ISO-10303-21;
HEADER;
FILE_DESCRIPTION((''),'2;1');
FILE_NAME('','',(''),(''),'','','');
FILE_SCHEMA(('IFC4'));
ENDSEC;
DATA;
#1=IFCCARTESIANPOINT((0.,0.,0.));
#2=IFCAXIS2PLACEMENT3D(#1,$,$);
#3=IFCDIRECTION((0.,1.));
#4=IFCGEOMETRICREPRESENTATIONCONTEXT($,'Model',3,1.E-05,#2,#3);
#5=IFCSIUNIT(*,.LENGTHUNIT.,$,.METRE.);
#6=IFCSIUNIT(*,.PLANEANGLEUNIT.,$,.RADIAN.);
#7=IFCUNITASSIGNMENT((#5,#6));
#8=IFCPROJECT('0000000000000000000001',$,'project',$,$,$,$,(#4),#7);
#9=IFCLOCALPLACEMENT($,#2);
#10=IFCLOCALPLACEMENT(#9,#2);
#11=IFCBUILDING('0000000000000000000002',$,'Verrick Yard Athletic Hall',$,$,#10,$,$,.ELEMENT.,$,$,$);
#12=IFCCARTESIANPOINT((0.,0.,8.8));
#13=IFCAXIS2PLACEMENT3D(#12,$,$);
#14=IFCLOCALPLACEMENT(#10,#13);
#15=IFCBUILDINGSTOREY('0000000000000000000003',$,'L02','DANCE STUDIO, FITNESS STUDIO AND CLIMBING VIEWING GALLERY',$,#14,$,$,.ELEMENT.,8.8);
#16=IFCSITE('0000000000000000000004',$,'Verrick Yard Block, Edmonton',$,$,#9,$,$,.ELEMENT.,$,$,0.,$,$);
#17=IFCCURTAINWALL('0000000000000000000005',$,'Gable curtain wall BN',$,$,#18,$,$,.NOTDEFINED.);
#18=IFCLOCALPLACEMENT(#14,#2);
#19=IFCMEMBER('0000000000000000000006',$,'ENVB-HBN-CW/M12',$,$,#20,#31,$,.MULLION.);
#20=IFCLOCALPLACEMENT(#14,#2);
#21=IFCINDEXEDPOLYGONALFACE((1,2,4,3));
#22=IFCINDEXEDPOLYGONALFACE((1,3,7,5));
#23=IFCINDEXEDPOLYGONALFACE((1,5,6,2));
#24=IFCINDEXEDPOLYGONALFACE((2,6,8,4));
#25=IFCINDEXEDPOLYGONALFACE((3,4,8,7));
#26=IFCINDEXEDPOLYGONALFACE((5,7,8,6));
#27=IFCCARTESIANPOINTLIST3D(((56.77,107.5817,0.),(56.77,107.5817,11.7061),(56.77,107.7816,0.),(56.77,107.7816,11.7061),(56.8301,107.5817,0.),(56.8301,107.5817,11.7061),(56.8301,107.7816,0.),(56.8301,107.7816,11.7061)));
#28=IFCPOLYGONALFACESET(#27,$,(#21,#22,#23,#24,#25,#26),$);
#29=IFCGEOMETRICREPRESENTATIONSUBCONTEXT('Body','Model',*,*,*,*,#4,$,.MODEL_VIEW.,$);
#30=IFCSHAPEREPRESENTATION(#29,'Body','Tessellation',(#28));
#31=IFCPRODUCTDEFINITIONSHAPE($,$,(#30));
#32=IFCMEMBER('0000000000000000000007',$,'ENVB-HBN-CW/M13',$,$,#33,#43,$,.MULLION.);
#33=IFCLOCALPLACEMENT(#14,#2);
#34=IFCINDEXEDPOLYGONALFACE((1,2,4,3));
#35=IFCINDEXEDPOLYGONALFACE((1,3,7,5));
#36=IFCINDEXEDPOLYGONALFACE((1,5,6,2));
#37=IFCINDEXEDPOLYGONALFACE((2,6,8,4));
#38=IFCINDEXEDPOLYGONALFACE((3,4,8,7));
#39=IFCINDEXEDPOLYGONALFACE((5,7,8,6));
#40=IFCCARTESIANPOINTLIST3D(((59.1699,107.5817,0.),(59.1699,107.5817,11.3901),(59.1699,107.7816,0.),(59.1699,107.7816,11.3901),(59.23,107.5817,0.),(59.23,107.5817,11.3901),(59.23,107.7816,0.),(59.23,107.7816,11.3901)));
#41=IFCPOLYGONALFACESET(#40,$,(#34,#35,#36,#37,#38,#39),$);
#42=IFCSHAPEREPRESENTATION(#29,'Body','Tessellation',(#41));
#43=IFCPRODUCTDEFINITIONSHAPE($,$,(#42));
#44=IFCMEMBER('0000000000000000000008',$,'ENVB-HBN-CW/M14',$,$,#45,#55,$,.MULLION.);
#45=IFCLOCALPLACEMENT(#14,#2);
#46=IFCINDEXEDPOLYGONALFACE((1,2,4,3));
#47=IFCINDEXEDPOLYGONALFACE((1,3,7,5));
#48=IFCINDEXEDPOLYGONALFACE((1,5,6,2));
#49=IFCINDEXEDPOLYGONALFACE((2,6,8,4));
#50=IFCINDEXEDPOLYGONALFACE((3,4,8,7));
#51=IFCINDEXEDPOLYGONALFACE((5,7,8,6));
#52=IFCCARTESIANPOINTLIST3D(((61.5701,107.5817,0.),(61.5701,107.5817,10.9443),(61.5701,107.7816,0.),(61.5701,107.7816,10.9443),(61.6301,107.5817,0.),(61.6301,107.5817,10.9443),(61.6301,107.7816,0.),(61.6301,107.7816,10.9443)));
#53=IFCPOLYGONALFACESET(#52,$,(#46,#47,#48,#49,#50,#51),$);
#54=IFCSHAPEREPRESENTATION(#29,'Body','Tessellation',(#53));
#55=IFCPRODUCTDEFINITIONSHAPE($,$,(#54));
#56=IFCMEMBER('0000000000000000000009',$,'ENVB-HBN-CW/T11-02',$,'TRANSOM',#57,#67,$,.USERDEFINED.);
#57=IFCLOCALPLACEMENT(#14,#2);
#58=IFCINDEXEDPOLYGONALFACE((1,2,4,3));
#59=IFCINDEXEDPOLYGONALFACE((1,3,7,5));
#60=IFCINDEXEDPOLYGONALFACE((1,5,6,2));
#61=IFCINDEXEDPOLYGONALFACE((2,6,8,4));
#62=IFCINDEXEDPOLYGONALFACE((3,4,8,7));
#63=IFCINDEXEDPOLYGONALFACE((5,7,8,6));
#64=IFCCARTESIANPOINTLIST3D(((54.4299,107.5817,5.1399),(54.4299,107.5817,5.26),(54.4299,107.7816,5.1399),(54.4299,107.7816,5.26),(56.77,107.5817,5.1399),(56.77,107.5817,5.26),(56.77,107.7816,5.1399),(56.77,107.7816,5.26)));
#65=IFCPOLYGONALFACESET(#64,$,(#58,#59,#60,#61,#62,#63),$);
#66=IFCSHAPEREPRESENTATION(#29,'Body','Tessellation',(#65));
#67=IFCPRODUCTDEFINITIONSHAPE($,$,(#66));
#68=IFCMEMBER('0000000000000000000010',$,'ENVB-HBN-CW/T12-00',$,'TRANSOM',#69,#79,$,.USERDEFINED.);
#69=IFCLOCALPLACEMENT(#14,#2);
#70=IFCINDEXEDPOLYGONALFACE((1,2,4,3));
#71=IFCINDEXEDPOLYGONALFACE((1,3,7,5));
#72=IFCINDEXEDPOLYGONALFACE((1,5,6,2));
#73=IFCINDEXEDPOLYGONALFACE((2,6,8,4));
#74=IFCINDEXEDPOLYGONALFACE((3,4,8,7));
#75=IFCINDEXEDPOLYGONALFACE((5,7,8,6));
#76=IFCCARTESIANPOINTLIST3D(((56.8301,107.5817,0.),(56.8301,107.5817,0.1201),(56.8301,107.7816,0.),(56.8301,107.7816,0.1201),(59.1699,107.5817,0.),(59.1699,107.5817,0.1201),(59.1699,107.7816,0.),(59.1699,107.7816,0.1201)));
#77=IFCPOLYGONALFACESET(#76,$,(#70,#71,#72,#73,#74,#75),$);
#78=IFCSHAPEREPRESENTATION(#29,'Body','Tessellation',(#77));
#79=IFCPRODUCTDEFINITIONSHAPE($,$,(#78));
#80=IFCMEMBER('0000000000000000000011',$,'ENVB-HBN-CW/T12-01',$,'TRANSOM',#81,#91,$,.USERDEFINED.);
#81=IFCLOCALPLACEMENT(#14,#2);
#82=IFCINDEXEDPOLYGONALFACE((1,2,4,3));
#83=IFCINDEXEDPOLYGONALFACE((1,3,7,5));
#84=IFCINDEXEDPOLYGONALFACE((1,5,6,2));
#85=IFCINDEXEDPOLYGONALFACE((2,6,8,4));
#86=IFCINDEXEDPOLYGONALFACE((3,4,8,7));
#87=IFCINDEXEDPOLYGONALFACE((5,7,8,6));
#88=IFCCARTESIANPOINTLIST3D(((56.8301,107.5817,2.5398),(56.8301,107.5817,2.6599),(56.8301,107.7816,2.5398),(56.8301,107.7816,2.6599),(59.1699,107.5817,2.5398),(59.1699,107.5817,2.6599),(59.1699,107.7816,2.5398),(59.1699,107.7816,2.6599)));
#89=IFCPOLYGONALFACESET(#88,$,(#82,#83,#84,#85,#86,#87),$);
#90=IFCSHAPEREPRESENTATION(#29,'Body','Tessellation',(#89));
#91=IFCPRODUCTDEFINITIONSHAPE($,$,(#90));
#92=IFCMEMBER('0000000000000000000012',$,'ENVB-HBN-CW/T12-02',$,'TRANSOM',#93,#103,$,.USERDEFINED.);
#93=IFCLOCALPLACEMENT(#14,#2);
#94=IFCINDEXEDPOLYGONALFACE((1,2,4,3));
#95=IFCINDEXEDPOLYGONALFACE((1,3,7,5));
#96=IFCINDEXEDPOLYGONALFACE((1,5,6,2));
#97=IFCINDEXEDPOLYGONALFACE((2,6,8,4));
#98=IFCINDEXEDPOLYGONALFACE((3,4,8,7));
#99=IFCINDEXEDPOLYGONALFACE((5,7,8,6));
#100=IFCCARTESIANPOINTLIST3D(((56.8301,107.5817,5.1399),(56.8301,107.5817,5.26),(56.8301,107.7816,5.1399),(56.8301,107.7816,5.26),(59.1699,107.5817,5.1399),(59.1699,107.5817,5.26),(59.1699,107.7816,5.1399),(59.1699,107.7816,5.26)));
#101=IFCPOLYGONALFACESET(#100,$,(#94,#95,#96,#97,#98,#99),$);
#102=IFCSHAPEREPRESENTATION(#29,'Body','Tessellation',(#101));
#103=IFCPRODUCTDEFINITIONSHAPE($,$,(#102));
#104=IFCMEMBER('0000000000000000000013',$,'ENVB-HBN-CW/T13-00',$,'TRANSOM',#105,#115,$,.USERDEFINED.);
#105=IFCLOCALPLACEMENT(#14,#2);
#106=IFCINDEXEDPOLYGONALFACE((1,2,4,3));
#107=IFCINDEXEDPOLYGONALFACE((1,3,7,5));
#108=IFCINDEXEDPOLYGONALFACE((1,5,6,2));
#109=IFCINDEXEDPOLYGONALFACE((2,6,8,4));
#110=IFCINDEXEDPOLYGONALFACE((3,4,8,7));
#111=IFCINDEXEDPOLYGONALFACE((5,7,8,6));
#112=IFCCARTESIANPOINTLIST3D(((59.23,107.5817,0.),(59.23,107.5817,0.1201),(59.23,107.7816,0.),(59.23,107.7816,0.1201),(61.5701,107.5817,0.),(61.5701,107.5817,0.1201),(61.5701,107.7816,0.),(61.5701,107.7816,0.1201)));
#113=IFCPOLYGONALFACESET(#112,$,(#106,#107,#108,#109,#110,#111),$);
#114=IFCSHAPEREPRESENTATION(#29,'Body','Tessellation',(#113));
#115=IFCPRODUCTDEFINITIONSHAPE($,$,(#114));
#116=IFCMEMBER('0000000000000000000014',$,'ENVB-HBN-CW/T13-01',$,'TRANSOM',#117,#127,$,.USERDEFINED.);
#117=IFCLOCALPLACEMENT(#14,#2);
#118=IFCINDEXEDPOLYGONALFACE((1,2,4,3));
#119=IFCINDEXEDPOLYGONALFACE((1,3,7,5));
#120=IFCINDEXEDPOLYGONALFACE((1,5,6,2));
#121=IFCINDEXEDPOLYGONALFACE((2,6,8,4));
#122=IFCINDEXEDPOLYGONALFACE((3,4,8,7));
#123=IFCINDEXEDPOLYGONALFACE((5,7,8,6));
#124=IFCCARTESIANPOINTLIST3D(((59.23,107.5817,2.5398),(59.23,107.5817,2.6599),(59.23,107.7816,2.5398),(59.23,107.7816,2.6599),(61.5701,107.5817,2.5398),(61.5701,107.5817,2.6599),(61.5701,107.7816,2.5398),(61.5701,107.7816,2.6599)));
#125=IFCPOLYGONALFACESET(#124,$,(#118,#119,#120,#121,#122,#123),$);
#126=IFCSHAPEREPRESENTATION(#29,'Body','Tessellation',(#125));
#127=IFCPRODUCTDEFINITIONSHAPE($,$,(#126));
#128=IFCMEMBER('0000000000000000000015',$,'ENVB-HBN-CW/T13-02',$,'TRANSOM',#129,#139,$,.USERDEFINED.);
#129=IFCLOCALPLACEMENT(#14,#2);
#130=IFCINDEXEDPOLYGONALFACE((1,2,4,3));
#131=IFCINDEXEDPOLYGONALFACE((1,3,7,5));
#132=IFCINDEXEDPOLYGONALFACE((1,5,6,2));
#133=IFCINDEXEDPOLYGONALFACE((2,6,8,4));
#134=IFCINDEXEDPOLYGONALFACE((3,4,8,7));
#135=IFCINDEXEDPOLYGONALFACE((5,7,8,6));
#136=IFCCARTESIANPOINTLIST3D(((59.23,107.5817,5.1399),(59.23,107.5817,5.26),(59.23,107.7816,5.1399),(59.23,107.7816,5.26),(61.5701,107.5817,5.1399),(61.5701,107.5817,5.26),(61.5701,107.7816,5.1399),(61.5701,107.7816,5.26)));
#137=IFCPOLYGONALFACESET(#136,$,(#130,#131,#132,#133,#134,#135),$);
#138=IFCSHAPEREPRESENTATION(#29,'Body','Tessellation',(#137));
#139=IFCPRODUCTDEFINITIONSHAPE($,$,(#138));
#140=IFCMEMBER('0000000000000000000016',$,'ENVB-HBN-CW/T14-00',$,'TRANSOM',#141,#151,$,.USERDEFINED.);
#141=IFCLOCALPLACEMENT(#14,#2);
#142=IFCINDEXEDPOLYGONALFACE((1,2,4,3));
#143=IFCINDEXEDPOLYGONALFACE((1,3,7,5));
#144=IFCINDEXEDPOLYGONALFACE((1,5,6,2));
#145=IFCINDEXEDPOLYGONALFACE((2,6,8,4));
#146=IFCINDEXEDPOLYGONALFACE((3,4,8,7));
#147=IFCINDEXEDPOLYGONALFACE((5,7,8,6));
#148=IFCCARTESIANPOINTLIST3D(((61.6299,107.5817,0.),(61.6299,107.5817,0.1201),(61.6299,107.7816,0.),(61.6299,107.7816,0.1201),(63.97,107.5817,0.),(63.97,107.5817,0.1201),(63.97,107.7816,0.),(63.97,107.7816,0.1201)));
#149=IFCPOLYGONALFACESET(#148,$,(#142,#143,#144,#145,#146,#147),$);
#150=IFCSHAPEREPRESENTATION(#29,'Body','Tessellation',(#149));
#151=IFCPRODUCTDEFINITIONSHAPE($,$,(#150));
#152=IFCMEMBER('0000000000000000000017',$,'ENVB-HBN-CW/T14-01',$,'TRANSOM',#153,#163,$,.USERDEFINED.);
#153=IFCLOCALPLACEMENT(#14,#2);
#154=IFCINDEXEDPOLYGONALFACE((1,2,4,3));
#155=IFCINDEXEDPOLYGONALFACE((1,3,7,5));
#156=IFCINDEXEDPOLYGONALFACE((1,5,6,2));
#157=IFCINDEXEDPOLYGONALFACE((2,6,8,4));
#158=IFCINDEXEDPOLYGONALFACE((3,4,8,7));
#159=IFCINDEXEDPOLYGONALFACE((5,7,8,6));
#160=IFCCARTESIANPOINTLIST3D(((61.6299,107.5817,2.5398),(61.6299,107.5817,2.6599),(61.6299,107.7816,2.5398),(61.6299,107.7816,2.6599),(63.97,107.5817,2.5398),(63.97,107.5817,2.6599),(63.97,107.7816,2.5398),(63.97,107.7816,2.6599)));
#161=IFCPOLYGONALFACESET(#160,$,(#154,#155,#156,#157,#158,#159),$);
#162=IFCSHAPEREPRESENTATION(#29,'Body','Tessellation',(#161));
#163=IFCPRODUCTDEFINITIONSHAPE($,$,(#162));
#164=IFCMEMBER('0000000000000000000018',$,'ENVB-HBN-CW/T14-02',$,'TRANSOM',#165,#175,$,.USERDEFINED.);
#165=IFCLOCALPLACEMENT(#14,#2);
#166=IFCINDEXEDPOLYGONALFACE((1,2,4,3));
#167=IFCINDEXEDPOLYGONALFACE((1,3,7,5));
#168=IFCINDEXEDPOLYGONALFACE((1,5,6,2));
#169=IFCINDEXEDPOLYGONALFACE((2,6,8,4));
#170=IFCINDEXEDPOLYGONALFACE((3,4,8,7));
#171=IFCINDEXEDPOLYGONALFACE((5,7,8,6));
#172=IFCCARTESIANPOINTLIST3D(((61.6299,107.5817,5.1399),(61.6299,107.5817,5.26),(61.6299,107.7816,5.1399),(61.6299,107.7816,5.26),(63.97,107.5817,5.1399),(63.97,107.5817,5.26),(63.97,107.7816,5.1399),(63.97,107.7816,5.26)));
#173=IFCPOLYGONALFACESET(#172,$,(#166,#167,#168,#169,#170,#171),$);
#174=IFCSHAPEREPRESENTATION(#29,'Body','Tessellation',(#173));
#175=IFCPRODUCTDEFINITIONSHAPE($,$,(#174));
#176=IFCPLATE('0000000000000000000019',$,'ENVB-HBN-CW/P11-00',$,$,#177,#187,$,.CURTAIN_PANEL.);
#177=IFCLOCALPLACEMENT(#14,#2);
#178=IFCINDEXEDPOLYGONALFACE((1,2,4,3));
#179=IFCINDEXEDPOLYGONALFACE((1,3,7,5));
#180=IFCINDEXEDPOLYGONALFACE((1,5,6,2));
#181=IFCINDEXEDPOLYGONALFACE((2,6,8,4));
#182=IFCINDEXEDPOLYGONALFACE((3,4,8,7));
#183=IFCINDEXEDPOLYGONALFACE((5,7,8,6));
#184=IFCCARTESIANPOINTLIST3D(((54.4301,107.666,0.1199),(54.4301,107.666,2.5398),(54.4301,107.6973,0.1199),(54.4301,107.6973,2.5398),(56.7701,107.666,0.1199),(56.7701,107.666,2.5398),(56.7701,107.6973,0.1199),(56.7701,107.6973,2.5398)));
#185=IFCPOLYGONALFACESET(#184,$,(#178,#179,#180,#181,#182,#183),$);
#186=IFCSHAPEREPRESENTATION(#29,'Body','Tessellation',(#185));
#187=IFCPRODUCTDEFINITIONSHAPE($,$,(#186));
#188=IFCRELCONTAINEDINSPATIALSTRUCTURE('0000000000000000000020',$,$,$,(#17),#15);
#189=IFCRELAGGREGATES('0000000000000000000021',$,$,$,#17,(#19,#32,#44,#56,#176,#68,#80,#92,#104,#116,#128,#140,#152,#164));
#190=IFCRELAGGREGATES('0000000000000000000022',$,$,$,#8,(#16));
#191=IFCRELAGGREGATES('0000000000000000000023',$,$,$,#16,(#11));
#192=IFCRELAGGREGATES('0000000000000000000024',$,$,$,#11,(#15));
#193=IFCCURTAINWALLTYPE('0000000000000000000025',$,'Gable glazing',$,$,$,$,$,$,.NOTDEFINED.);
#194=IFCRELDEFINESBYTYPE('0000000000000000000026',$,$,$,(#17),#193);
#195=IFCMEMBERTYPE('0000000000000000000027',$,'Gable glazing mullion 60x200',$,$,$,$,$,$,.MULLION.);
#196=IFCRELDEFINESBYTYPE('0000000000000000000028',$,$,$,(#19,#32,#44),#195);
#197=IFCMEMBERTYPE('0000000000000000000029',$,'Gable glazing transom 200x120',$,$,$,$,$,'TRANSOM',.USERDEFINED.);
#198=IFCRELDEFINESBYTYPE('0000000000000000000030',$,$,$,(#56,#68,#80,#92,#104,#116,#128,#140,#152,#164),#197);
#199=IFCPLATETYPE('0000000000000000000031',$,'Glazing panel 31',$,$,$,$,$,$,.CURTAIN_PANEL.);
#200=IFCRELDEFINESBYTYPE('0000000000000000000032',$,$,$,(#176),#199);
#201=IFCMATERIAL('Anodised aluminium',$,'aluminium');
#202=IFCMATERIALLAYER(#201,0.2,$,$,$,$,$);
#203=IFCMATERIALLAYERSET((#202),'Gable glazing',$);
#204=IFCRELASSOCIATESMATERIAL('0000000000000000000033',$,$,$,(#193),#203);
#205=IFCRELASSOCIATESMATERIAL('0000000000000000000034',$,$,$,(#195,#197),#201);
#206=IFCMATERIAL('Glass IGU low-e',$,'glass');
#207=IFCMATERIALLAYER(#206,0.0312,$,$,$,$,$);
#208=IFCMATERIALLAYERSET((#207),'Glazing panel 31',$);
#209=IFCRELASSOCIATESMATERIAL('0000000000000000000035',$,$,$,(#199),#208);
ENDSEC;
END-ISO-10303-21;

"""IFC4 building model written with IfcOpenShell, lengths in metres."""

from ifc_helpers import new_model, si_unit, direction, frame, origin, origin_2d, place, context, subcontext, project, spatial, rectangle, extrude, material, layer, layer_set, material_profile, profile_set, type_object, element, aggregate, save


model = new_model("IFC4")

# Units and contexts
model_context = context("Model", 3, precision=1e-05, world=origin(), true_north=direction((0.0, 1.0)))
body_context = subcontext(model_context, "Body", "Model", "MODEL_VIEW")
ifc_project = project(units=[si_unit("LENGTHUNIT", "METRE"), si_unit("PLANEANGLEUNIT", "RADIAN")], contexts=[model_context])

# Site, building, storey
site_placement = place(None, origin())
site = spatial("IfcSite", under=ifc_project, at=site_placement, Name="Verrick Yard Block, Edmonton", CompositionType="ELEMENT", RefElevation=0.0)
building_placement = place(site_placement, origin())
building = spatial("IfcBuilding", under=site, at=building_placement, Name="Verrick Yard Athletic Hall", CompositionType="ELEMENT")
storey_placement = place(building_placement, frame((0.0, 0.0, 8.8)))
storey = spatial("IfcBuildingStorey", under=building, at=storey_placement, Name="L02", Description="DANCE STUDIO, FITNESS STUDIO AND CLIMBING VIEWING GALLERY", CompositionType="ELEMENT", Elevation=8.8)

# Curtain wall, members, plate
ifc_material_1 = material(Name="Anodised aluminium", Category="aluminium")
ifc_layer_1 = layer(ifc_material_1, 0.2)
ifc_layer_set_1 = layer_set([ifc_layer_1], Name="Gable glazing")
curtain_wall_type = type_object("IfcCurtainWallType", Name="Gable glazing", PredefinedType="NOTDEFINED", material=ifc_layer_set_1)
curtain_wall_placement = place(storey_placement, origin())
curtain_wall = element("IfcCurtainWall", 1, at=curtain_wall_placement, inside=storey, type_object=curtain_wall_type, Name="Gable curtain wall BN", PredefinedType="NOTDEFINED")
ifc_material_profile_1 = material_profile(ifc_material_1, rectangle(XDim=0.2, YDim=0.0601, at=origin_2d()), Name="CW gable mullion 60x200")
ifc_profile_set_1 = profile_set([ifc_material_profile_1], Name="Anodised aluminium")
member_type_1 = type_object("IfcMemberType", Name="Gable glazing mullion 60x200", PredefinedType="MULLION", material=ifc_profile_set_1)
member_1_placement = place(storey_placement, frame((56.8, 107.6816, 0.0), z_axis=(0.0, 0.0, 1.0), x_axis=(0.0, 1.0, 0.0)))
member_1 = element("IfcMember", 2, at=member_1_placement, type_object=member_type_1, Name="ENVB-HBN-CW/M12", PredefinedType="MULLION", context=body_context, shape_type="SweptSolid", body=[
    extrude(rectangle(XDim=0.2, YDim=0.0601, at=origin_2d()), origin(), (0.0, 0.0, 1.0), 11.7061),
])
member_2_placement = place(storey_placement, frame((59.2, 107.6816, 0.0), z_axis=(0.0, 0.0, 1.0), x_axis=(0.0, 1.0, 0.0)))
member_2 = element("IfcMember", 3, at=member_2_placement, type_object=member_type_1, Name="ENVB-HBN-CW/M13", PredefinedType="MULLION", context=body_context, shape_type="SweptSolid", body=[
    extrude(rectangle(XDim=0.2, YDim=0.0601, at=origin_2d()), origin(), (0.0, 0.0, 1.0), 11.3901),
])
member_3_placement = place(storey_placement, frame((61.6001, 107.6816, 0.0), z_axis=(0.0, 0.0, 1.0), x_axis=(0.0, 1.0, 0.0)))
member_3 = element("IfcMember", 4, at=member_3_placement, type_object=member_type_1, Name="ENVB-HBN-CW/M14", PredefinedType="MULLION", context=body_context, shape_type="SweptSolid", body=[
    extrude(rectangle(XDim=0.2, YDim=0.0601, at=origin_2d()), origin(), (0.0, 0.0, 1.0), 10.9443),
])
ifc_material_profile_2 = material_profile(ifc_material_1, rectangle(XDim=0.2, YDim=0.1201, at=origin_2d()), Name="CW gable transom 200x120")
ifc_profile_set_2 = profile_set([ifc_material_profile_2], Name="Anodised aluminium")
member_type_2 = type_object("IfcMemberType", Name="Gable glazing transom 200x120", ElementType="TRANSOM", PredefinedType="USERDEFINED", material=ifc_profile_set_2)
member_4_placement = place(storey_placement, frame((54.4299, 107.6816, 5.2), z_axis=(1.0, 0.0, 0.0), x_axis=(0.0, 1.0, 0.0)))
member_4 = element("IfcMember", 5, at=member_4_placement, type_object=member_type_2, Name="ENVB-HBN-CW/T11-02", ObjectType="TRANSOM", PredefinedType="USERDEFINED", context=body_context, shape_type="SweptSolid", body=[
    extrude(rectangle(XDim=0.2, YDim=0.1201, at=origin_2d()), origin(), (0.0, 0.0, 1.0), 2.3401),
])
member_5_placement = place(storey_placement, frame((56.8301, 107.6816, 0.0601), z_axis=(1.0, 0.0, 0.0), x_axis=(0.0, 1.0, 0.0)))
member_5 = element("IfcMember", 6, at=member_5_placement, type_object=member_type_2, Name="ENVB-HBN-CW/T12-00", ObjectType="TRANSOM", PredefinedType="USERDEFINED", context=body_context, shape_type="SweptSolid", body=[
    extrude(rectangle(XDim=0.2, YDim=0.1201, at=origin_2d()), origin(), (0.0, 0.0, 1.0), 2.3398),
])
member_6_placement = place(storey_placement, frame((56.8301, 107.6816, 2.5999), z_axis=(1.0, 0.0, 0.0), x_axis=(0.0, 1.0, 0.0)))
member_6 = element("IfcMember", 7, at=member_6_placement, type_object=member_type_2, Name="ENVB-HBN-CW/T12-01", ObjectType="TRANSOM", PredefinedType="USERDEFINED", context=body_context, shape_type="SweptSolid", body=[
    extrude(rectangle(XDim=0.2, YDim=0.1201, at=origin_2d()), origin(), (0.0, 0.0, 1.0), 2.3398),
])
member_7_placement = place(storey_placement, frame((56.8301, 107.6816, 5.2), z_axis=(1.0, 0.0, 0.0), x_axis=(0.0, 1.0, 0.0)))
member_7 = element("IfcMember", 8, at=member_7_placement, type_object=member_type_2, Name="ENVB-HBN-CW/T12-02", ObjectType="TRANSOM", PredefinedType="USERDEFINED", context=body_context, shape_type="SweptSolid", body=[
    extrude(rectangle(XDim=0.2, YDim=0.1201, at=origin_2d()), origin(), (0.0, 0.0, 1.0), 2.3398),
])
member_8_placement = place(storey_placement, frame((59.23, 107.6816, 0.0601), z_axis=(1.0, 0.0, 0.0), x_axis=(0.0, 1.0, 0.0)))
member_8 = element("IfcMember", 9, at=member_8_placement, type_object=member_type_2, Name="ENVB-HBN-CW/T13-00", ObjectType="TRANSOM", PredefinedType="USERDEFINED", context=body_context, shape_type="SweptSolid", body=[
    extrude(rectangle(XDim=0.2, YDim=0.1201, at=origin_2d()), origin(), (0.0, 0.0, 1.0), 2.3401),
])
member_9_placement = place(storey_placement, frame((59.23, 107.6816, 2.5999), z_axis=(1.0, 0.0, 0.0), x_axis=(0.0, 1.0, 0.0)))
member_9 = element("IfcMember", 10, at=member_9_placement, type_object=member_type_2, Name="ENVB-HBN-CW/T13-01", ObjectType="TRANSOM", PredefinedType="USERDEFINED", context=body_context, shape_type="SweptSolid", body=[
    extrude(rectangle(XDim=0.2, YDim=0.1201, at=origin_2d()), origin(), (0.0, 0.0, 1.0), 2.3401),
])
member_10_placement = place(storey_placement, frame((59.23, 107.6816, 5.2), z_axis=(1.0, 0.0, 0.0), x_axis=(0.0, 1.0, 0.0)))
member_10 = element("IfcMember", 11, at=member_10_placement, type_object=member_type_2, Name="ENVB-HBN-CW/T13-02", ObjectType="TRANSOM", PredefinedType="USERDEFINED", context=body_context, shape_type="SweptSolid", body=[
    extrude(rectangle(XDim=0.2, YDim=0.1201, at=origin_2d()), origin(), (0.0, 0.0, 1.0), 2.3401),
])
member_11_placement = place(storey_placement, frame((61.6299, 107.6816, 0.0601), z_axis=(1.0, 0.0, 0.0), x_axis=(0.0, 1.0, 0.0)))
member_11 = element("IfcMember", 12, at=member_11_placement, type_object=member_type_2, Name="ENVB-HBN-CW/T14-00", ObjectType="TRANSOM", PredefinedType="USERDEFINED", context=body_context, shape_type="SweptSolid", body=[
    extrude(rectangle(XDim=0.2, YDim=0.1201, at=origin_2d()), origin(), (0.0, 0.0, 1.0), 2.3401),
])
member_12_placement = place(storey_placement, frame((61.6299, 107.6816, 2.5999), z_axis=(1.0, 0.0, 0.0), x_axis=(0.0, 1.0, 0.0)))
member_12 = element("IfcMember", 13, at=member_12_placement, type_object=member_type_2, Name="ENVB-HBN-CW/T14-01", ObjectType="TRANSOM", PredefinedType="USERDEFINED", context=body_context, shape_type="SweptSolid", body=[
    extrude(rectangle(XDim=0.2, YDim=0.1201, at=origin_2d()), origin(), (0.0, 0.0, 1.0), 2.3401),
])
member_13_placement = place(storey_placement, frame((61.6299, 107.6816, 5.2), z_axis=(1.0, 0.0, 0.0), x_axis=(0.0, 1.0, 0.0)))
member_13 = element("IfcMember", 14, at=member_13_placement, type_object=member_type_2, Name="ENVB-HBN-CW/T14-02", ObjectType="TRANSOM", PredefinedType="USERDEFINED", context=body_context, shape_type="SweptSolid", body=[
    extrude(rectangle(XDim=0.2, YDim=0.1201, at=origin_2d()), origin(), (0.0, 0.0, 1.0), 2.3401),
])
ifc_material_2 = material(Name="Glass IGU low-e", Category="glass")
ifc_layer_2 = layer(ifc_material_2, 0.0312)
ifc_layer_set_2 = layer_set([ifc_layer_2], Name="Glazing panel 31")
plate_type = type_object("IfcPlateType", Name="Glazing panel 31", PredefinedType="CURTAIN_PANEL", material=ifc_layer_set_2)
plate_1_placement = place(storey_placement, frame((55.6001, 107.6816, 0.1199), z_axis=(0.0, 0.0, 1.0), x_axis=(1.0, 0.0, 0.0)))
plate_1 = element("IfcPlate", 15, at=plate_1_placement, type_object=plate_type, Name="ENVB-HBN-CW/P11-00", PredefinedType="CURTAIN_PANEL", context=body_context, shape_type="SweptSolid", body=[
    extrude(rectangle(XDim=2.3401, YDim=0.0312, at=origin_2d()), origin(), (0.0, 0.0, 1.0), 2.4199),
])
aggregate(curtain_wall, [member_1, member_2, member_3, member_4, plate_1, member_5, member_6, member_7, member_8, member_9, member_10, member_11, member_12, member_13])

save(model, "model.ifc")
